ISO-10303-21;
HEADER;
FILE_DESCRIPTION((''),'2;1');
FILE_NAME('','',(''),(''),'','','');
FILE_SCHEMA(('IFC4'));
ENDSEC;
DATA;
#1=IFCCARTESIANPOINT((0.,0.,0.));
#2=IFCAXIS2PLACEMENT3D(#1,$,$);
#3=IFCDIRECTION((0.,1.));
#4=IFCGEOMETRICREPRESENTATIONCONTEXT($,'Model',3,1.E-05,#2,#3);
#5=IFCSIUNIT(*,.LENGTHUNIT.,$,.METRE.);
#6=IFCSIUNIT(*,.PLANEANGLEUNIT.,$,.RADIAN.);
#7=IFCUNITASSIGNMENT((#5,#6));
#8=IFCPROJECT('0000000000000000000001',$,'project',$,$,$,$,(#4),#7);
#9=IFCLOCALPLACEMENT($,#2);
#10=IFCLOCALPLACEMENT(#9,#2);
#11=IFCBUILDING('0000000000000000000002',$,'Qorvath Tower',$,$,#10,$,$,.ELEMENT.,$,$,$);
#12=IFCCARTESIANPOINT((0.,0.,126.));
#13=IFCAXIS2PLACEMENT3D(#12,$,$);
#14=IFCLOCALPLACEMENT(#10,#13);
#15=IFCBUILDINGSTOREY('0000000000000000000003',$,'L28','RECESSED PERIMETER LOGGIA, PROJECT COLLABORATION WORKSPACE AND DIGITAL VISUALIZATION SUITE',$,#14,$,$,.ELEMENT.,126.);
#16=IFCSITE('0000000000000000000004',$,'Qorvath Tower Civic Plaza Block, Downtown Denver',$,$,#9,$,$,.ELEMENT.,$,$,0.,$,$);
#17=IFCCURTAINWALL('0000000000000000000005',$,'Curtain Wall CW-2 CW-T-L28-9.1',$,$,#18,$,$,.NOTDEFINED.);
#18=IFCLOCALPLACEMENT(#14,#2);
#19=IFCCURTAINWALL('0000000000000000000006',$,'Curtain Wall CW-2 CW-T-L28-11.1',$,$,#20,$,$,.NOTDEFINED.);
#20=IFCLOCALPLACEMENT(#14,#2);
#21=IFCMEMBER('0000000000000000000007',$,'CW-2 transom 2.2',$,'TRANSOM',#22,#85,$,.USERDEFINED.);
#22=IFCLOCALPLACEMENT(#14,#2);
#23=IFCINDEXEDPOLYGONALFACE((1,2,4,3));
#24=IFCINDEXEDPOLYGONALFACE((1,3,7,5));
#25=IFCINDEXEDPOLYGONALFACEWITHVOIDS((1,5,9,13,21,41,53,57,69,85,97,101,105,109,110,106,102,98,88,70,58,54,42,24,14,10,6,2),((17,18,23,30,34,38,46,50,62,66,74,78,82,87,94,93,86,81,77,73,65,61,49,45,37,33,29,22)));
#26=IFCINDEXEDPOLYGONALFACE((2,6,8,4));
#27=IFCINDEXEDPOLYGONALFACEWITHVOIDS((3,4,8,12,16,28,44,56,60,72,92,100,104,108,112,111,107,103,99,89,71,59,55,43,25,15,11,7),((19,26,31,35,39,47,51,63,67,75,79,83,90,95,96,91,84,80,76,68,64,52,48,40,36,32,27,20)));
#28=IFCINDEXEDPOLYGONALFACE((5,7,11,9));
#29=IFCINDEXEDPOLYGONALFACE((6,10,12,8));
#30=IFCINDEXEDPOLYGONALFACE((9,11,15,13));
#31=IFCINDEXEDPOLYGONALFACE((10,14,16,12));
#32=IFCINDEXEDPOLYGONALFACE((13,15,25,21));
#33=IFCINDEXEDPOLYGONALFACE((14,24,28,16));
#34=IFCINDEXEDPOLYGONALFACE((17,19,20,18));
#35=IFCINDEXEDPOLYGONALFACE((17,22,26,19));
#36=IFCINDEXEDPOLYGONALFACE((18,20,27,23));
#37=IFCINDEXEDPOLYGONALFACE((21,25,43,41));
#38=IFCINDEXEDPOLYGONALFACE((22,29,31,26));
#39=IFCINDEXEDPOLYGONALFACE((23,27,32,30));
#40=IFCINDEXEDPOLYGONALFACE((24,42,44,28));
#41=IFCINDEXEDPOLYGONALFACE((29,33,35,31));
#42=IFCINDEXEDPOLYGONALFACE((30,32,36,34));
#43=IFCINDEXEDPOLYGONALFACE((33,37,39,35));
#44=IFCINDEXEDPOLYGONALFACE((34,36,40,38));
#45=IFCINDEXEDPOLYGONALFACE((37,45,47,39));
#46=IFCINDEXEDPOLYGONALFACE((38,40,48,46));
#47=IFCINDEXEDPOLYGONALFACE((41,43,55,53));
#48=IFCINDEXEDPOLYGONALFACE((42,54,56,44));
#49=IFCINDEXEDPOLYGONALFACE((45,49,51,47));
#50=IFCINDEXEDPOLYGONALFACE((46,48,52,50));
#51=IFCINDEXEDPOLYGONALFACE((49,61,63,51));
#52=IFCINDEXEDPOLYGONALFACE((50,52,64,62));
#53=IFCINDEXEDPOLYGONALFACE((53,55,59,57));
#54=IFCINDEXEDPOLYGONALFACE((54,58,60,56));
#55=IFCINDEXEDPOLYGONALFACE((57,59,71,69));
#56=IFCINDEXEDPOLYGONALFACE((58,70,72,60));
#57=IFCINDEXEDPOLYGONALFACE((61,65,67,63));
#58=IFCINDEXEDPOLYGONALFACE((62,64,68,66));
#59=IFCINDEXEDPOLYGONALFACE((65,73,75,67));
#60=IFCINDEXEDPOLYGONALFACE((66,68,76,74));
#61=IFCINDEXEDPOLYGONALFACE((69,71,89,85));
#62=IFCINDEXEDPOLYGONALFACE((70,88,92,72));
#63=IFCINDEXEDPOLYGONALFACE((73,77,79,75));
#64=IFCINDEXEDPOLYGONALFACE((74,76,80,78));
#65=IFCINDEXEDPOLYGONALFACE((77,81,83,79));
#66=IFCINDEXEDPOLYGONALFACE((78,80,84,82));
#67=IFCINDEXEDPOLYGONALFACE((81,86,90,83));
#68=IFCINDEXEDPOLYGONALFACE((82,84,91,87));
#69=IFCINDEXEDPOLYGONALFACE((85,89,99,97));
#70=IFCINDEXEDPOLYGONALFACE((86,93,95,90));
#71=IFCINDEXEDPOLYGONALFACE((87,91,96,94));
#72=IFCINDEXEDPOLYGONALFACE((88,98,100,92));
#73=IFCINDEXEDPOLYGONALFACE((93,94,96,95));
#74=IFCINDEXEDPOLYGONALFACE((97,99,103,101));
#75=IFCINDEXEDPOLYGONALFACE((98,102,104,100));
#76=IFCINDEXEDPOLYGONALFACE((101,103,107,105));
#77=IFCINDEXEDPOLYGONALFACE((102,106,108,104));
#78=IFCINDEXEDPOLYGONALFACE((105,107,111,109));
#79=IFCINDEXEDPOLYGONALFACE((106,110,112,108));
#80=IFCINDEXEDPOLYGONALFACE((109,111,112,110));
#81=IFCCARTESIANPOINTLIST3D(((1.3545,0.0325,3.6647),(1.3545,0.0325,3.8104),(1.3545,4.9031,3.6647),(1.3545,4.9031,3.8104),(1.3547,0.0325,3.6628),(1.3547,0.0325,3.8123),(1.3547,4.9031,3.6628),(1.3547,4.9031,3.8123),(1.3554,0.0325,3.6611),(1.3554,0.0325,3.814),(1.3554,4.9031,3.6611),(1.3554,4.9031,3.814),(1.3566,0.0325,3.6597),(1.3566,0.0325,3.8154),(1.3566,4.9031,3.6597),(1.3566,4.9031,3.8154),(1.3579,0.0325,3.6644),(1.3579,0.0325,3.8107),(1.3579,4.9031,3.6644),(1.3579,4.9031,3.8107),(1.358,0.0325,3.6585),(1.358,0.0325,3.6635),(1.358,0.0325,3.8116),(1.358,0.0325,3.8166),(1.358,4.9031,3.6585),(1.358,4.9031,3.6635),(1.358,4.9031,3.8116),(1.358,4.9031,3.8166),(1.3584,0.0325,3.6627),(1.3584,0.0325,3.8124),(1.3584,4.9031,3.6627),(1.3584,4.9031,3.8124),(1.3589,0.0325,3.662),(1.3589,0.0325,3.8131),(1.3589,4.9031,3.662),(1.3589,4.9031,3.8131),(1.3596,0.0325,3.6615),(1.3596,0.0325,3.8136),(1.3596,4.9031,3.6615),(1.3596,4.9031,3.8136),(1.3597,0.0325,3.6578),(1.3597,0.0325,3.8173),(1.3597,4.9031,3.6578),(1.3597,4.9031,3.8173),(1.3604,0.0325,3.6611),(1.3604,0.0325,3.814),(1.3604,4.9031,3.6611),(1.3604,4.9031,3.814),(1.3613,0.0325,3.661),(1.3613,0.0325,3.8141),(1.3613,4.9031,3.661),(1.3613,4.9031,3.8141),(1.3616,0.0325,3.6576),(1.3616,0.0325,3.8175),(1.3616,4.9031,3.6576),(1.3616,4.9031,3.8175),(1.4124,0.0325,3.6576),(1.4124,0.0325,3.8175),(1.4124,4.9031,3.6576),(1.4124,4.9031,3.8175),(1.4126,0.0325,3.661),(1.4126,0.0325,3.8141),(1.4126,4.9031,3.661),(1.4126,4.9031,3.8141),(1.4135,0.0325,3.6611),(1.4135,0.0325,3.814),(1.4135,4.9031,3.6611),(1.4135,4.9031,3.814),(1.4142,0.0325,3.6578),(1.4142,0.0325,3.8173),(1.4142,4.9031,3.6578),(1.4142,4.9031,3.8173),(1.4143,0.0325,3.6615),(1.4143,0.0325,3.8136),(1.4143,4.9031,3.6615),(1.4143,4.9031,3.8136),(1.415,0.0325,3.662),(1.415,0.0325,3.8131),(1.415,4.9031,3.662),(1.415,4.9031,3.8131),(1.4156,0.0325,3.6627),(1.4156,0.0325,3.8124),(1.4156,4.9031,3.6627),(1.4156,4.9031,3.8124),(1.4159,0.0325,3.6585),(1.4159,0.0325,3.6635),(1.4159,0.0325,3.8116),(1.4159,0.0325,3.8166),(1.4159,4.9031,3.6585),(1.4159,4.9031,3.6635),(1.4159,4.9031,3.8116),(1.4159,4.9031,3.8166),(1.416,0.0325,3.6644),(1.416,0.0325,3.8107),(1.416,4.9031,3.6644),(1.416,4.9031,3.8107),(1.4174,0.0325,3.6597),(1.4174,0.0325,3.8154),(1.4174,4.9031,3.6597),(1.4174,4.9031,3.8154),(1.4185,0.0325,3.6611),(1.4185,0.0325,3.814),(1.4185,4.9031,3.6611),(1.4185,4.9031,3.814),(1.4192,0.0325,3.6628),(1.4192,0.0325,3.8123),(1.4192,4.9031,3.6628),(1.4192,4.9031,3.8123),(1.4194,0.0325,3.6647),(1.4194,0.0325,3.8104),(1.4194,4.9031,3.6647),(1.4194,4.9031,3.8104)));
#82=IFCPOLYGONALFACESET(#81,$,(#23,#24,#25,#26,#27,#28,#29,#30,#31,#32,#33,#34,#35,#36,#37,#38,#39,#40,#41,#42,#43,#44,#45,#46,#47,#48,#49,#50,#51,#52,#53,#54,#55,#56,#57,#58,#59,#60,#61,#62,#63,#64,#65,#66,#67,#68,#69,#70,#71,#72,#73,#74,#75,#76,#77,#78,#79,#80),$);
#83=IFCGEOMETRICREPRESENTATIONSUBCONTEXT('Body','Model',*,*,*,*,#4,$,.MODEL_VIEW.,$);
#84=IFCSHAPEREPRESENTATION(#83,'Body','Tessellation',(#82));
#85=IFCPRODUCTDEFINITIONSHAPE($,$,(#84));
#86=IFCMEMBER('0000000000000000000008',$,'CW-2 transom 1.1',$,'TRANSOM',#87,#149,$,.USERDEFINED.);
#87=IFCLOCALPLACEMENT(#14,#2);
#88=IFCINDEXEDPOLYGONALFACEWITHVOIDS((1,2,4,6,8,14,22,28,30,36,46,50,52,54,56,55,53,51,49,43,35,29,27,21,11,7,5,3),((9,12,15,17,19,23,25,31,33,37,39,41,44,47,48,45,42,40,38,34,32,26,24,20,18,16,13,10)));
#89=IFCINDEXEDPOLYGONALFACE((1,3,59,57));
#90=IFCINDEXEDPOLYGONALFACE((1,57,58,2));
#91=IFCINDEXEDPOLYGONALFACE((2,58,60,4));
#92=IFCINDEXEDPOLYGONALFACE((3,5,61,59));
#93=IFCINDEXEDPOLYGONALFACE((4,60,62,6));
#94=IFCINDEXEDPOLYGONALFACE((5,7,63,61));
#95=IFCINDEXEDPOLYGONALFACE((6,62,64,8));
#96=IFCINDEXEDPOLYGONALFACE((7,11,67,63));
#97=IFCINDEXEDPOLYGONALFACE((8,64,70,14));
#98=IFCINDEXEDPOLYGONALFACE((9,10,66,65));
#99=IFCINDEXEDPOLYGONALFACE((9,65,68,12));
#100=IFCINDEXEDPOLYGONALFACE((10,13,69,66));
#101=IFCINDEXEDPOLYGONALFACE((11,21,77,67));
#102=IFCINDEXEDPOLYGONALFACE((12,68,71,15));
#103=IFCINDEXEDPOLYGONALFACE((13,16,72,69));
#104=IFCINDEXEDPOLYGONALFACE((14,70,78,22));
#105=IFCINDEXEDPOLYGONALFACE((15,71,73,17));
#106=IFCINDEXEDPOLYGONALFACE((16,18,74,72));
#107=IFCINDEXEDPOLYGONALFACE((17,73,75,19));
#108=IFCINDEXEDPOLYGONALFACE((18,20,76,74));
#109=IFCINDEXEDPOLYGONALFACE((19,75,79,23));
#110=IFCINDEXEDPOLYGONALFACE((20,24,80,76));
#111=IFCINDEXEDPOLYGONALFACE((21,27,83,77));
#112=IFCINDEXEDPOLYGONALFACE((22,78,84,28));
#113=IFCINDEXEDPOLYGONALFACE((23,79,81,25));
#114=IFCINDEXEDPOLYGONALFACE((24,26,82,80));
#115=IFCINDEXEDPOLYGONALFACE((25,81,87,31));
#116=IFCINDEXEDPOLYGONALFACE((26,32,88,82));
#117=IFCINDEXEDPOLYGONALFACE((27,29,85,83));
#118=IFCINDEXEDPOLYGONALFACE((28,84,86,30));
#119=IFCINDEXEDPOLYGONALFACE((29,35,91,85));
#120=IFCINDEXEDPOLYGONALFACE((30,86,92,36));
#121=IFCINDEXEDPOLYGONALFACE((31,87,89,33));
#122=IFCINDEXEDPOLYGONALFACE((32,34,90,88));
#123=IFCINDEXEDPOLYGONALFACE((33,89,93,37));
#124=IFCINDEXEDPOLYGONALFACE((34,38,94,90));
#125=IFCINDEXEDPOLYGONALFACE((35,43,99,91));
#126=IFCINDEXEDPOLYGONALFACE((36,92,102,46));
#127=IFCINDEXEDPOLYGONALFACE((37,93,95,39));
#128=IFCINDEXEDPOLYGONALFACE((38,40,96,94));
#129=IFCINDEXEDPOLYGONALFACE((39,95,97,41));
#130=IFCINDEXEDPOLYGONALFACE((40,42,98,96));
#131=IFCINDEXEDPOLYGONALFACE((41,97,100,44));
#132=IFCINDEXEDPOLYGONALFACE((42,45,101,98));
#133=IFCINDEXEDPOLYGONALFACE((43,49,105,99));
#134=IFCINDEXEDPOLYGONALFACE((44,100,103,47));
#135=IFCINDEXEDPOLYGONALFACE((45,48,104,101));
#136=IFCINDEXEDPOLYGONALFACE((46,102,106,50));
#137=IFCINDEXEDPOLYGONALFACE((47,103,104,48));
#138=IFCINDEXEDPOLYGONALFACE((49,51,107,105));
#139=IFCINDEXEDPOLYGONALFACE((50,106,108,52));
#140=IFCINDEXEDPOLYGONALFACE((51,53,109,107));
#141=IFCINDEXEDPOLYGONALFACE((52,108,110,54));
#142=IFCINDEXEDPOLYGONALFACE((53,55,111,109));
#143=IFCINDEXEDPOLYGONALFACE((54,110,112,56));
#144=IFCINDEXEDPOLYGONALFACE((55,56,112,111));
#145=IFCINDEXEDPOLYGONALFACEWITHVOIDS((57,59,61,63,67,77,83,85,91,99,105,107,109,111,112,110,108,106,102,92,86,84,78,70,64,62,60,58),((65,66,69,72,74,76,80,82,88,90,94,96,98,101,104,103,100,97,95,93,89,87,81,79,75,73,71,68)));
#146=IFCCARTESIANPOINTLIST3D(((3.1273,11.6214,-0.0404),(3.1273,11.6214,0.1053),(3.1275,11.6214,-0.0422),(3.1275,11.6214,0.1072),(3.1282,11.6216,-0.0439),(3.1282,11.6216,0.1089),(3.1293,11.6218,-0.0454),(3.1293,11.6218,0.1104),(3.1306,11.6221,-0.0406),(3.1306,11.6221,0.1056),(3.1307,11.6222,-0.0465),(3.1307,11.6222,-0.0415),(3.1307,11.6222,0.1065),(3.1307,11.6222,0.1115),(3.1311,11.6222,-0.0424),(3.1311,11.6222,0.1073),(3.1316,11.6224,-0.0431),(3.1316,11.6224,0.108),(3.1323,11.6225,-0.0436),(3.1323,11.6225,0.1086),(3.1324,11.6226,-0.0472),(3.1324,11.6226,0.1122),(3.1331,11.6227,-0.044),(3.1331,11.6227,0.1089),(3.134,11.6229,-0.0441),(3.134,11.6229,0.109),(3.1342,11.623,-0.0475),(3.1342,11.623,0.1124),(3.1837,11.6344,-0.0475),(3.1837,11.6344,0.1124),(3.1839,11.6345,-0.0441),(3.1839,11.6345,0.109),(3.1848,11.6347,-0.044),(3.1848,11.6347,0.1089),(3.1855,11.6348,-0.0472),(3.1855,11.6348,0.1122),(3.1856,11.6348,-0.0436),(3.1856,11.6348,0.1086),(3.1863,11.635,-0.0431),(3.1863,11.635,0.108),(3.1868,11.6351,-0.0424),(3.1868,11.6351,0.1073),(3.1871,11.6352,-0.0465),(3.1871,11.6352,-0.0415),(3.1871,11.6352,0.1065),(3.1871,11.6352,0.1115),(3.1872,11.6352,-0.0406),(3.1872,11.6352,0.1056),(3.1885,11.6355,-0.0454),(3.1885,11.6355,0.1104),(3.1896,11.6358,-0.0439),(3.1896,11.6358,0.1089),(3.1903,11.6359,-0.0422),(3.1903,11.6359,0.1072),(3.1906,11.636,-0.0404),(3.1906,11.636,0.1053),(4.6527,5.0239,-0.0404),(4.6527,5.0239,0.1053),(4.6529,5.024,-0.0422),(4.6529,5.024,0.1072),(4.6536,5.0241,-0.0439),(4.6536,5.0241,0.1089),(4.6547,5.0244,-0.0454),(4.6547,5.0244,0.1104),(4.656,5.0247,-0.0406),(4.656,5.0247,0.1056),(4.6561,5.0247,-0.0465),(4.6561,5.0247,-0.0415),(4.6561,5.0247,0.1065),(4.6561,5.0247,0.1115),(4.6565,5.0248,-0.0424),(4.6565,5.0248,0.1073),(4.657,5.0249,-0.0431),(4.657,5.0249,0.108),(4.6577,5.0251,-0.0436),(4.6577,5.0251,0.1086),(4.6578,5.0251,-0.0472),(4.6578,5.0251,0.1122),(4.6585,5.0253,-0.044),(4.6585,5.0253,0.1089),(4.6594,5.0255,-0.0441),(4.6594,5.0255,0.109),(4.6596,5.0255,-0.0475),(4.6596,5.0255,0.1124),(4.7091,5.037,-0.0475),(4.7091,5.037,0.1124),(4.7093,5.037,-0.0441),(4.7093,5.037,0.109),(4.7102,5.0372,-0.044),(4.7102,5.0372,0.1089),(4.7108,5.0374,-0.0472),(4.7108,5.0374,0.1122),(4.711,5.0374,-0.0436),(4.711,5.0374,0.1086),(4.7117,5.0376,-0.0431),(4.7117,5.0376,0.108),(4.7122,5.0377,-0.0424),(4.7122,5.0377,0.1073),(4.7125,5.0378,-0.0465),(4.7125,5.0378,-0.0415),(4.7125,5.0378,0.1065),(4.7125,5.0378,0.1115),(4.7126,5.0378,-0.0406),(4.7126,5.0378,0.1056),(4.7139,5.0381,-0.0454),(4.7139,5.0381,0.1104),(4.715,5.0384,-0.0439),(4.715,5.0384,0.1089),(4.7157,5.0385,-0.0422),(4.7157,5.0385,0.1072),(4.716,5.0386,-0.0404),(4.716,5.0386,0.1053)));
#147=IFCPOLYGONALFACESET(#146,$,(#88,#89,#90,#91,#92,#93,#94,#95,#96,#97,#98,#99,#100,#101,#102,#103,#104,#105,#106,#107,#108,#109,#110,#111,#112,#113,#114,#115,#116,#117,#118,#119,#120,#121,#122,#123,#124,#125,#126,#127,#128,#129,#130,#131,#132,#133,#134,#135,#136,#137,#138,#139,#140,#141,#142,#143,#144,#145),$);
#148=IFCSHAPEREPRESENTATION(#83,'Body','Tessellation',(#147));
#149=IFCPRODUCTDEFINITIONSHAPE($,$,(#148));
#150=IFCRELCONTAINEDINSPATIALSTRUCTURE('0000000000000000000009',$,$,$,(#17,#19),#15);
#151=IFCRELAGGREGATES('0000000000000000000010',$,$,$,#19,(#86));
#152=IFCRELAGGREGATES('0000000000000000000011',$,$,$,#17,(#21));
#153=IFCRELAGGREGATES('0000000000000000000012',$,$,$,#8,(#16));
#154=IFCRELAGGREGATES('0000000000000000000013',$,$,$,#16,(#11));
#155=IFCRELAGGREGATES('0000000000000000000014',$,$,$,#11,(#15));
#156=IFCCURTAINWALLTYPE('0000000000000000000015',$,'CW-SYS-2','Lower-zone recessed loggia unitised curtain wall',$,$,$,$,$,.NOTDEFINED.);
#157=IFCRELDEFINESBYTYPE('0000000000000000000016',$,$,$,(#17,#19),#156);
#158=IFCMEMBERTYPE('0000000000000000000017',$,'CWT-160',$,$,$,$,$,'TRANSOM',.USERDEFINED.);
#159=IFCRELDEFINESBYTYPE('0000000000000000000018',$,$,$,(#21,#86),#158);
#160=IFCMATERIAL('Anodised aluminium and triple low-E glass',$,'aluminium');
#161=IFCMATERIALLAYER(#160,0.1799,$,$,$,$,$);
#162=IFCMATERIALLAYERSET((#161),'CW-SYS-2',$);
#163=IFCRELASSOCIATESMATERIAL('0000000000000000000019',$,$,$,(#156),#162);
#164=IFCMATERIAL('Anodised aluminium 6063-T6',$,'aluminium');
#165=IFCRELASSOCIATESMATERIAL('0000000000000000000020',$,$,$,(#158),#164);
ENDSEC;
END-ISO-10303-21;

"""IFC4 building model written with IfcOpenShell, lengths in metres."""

from ifc_helpers import new_model, si_unit, direction, frame, origin, origin_2d, place, context, subcontext, project, spatial, hollow_rectangle, extrude, material, layer, layer_set, material_profile, profile_set, type_object, element, aggregate, save


model = new_model("IFC4")

# Units and contexts
model_context = context("Model", 3, precision=1e-05, world=origin(), true_north=direction((0.0, 1.0)))
body_context = subcontext(model_context, "Body", "Model", "MODEL_VIEW")
ifc_project = project(units=[si_unit("LENGTHUNIT", "METRE"), si_unit("PLANEANGLEUNIT", "RADIAN")], contexts=[model_context])

# Site, building, storey
site_placement = place(None, origin())
site = spatial("IfcSite", under=ifc_project, at=site_placement, Name="Qorvath Tower Civic Plaza Block, Downtown Denver", CompositionType="ELEMENT", RefElevation=0.0)
building_placement = place(site_placement, origin())
building = spatial("IfcBuilding", under=site, at=building_placement, Name="Qorvath Tower", CompositionType="ELEMENT")
storey_placement = place(building_placement, frame((0.0, 0.0, 126.0)))
storey = spatial("IfcBuildingStorey", under=building, at=storey_placement, Name="L28", Description="RECESSED PERIMETER LOGGIA, PROJECT COLLABORATION WORKSPACE AND DIGITAL VISUALIZATION SUITE", CompositionType="ELEMENT", Elevation=126.0)

# Curtain wall
ifc_material_1 = material(Name="Anodised aluminium and triple low-E glass", Category="aluminium")
ifc_layer_1 = layer(ifc_material_1, 0.1799)
ifc_layer_set_1 = layer_set([ifc_layer_1], Name="CW-SYS-2")
curtain_wall_type = type_object("IfcCurtainWallType", Name="CW-SYS-2", Description="Lower-zone recessed loggia unitised curtain wall", PredefinedType="NOTDEFINED", material=ifc_layer_set_1)
curtain_wall_1_placement = place(storey_placement, origin())
curtain_wall_1 = element("IfcCurtainWall", 1, at=curtain_wall_1_placement, inside=storey, type_object=curtain_wall_type, Name="Curtain Wall CW-2 CW-T-L28-9.1", PredefinedType="NOTDEFINED")

# Curtain wall
curtain_wall_2_placement = place(storey_placement, origin())
curtain_wall_2 = element("IfcCurtainWall", 2, at=curtain_wall_2_placement, inside=storey, type_object=curtain_wall_type, Name="Curtain Wall CW-2 CW-T-L28-11.1", PredefinedType="NOTDEFINED")

# Members
ifc_material_2 = material(Name="Anodised aluminium 6063-T6", Category="aluminium")
ifc_material_profile_1 = material_profile(ifc_material_2, hollow_rectangle(XDim=0.0649, YDim=0.1599, WallThickness=0.0034, InnerFilletRadius=0.0034, OuterFilletRadius=0.0071, at=origin_2d()), Name="CWT 160x65")
ifc_profile_set_1 = profile_set([ifc_material_profile_1], Name="Anodised aluminium 6063-T6")
member_type_1 = type_object("IfcMemberType", Name="CWT-160", ElementType="TRANSOM", PredefinedType="USERDEFINED", material=ifc_profile_set_1)
member_1_placement = place(storey_placement, frame((1.387, 0.0325, 3.7375), z_axis=(0.0, 1.0, 0.0), x_axis=(-1.0, 0.0, 0.0)))
member_1 = element("IfcMember", 3, at=member_1_placement, type_object=member_type_1, Name="CW-2 transom 2.2", ObjectType="TRANSOM", PredefinedType="USERDEFINED", context=body_context, shape_type="SweptSolid", body=[
    extrude(hollow_rectangle(XDim=0.0649, YDim=0.1599, WallThickness=0.0034, InnerFilletRadius=0.0034, OuterFilletRadius=0.0071, at=origin_2d()), origin(), (0.0, 0.0, 1.0), 4.8706),
])
member_2_placement = place(storey_placement, frame((4.6843, 5.0312, 0.0325), z_axis=(-0.225268, 0.974297, 0.0), x_axis=(-0.974297, -0.225268, 0.0)))
member_2 = element("IfcMember", 4, at=member_2_placement, type_object=member_type_1, Name="CW-2 transom 1.1", ObjectType="TRANSOM", PredefinedType="USERDEFINED", context=body_context, shape_type="SweptSolid", body=[
    extrude(hollow_rectangle(XDim=0.0649, YDim=0.1599, WallThickness=0.0034, InnerFilletRadius=0.0034, OuterFilletRadius=0.0071, at=origin_2d()), origin(), (0.0, 0.0, 1.0), 6.7715),
])
aggregate(curtain_wall_2, [member_2])

aggregate(curtain_wall_1, [member_1])

save(model, "model.ifc")
